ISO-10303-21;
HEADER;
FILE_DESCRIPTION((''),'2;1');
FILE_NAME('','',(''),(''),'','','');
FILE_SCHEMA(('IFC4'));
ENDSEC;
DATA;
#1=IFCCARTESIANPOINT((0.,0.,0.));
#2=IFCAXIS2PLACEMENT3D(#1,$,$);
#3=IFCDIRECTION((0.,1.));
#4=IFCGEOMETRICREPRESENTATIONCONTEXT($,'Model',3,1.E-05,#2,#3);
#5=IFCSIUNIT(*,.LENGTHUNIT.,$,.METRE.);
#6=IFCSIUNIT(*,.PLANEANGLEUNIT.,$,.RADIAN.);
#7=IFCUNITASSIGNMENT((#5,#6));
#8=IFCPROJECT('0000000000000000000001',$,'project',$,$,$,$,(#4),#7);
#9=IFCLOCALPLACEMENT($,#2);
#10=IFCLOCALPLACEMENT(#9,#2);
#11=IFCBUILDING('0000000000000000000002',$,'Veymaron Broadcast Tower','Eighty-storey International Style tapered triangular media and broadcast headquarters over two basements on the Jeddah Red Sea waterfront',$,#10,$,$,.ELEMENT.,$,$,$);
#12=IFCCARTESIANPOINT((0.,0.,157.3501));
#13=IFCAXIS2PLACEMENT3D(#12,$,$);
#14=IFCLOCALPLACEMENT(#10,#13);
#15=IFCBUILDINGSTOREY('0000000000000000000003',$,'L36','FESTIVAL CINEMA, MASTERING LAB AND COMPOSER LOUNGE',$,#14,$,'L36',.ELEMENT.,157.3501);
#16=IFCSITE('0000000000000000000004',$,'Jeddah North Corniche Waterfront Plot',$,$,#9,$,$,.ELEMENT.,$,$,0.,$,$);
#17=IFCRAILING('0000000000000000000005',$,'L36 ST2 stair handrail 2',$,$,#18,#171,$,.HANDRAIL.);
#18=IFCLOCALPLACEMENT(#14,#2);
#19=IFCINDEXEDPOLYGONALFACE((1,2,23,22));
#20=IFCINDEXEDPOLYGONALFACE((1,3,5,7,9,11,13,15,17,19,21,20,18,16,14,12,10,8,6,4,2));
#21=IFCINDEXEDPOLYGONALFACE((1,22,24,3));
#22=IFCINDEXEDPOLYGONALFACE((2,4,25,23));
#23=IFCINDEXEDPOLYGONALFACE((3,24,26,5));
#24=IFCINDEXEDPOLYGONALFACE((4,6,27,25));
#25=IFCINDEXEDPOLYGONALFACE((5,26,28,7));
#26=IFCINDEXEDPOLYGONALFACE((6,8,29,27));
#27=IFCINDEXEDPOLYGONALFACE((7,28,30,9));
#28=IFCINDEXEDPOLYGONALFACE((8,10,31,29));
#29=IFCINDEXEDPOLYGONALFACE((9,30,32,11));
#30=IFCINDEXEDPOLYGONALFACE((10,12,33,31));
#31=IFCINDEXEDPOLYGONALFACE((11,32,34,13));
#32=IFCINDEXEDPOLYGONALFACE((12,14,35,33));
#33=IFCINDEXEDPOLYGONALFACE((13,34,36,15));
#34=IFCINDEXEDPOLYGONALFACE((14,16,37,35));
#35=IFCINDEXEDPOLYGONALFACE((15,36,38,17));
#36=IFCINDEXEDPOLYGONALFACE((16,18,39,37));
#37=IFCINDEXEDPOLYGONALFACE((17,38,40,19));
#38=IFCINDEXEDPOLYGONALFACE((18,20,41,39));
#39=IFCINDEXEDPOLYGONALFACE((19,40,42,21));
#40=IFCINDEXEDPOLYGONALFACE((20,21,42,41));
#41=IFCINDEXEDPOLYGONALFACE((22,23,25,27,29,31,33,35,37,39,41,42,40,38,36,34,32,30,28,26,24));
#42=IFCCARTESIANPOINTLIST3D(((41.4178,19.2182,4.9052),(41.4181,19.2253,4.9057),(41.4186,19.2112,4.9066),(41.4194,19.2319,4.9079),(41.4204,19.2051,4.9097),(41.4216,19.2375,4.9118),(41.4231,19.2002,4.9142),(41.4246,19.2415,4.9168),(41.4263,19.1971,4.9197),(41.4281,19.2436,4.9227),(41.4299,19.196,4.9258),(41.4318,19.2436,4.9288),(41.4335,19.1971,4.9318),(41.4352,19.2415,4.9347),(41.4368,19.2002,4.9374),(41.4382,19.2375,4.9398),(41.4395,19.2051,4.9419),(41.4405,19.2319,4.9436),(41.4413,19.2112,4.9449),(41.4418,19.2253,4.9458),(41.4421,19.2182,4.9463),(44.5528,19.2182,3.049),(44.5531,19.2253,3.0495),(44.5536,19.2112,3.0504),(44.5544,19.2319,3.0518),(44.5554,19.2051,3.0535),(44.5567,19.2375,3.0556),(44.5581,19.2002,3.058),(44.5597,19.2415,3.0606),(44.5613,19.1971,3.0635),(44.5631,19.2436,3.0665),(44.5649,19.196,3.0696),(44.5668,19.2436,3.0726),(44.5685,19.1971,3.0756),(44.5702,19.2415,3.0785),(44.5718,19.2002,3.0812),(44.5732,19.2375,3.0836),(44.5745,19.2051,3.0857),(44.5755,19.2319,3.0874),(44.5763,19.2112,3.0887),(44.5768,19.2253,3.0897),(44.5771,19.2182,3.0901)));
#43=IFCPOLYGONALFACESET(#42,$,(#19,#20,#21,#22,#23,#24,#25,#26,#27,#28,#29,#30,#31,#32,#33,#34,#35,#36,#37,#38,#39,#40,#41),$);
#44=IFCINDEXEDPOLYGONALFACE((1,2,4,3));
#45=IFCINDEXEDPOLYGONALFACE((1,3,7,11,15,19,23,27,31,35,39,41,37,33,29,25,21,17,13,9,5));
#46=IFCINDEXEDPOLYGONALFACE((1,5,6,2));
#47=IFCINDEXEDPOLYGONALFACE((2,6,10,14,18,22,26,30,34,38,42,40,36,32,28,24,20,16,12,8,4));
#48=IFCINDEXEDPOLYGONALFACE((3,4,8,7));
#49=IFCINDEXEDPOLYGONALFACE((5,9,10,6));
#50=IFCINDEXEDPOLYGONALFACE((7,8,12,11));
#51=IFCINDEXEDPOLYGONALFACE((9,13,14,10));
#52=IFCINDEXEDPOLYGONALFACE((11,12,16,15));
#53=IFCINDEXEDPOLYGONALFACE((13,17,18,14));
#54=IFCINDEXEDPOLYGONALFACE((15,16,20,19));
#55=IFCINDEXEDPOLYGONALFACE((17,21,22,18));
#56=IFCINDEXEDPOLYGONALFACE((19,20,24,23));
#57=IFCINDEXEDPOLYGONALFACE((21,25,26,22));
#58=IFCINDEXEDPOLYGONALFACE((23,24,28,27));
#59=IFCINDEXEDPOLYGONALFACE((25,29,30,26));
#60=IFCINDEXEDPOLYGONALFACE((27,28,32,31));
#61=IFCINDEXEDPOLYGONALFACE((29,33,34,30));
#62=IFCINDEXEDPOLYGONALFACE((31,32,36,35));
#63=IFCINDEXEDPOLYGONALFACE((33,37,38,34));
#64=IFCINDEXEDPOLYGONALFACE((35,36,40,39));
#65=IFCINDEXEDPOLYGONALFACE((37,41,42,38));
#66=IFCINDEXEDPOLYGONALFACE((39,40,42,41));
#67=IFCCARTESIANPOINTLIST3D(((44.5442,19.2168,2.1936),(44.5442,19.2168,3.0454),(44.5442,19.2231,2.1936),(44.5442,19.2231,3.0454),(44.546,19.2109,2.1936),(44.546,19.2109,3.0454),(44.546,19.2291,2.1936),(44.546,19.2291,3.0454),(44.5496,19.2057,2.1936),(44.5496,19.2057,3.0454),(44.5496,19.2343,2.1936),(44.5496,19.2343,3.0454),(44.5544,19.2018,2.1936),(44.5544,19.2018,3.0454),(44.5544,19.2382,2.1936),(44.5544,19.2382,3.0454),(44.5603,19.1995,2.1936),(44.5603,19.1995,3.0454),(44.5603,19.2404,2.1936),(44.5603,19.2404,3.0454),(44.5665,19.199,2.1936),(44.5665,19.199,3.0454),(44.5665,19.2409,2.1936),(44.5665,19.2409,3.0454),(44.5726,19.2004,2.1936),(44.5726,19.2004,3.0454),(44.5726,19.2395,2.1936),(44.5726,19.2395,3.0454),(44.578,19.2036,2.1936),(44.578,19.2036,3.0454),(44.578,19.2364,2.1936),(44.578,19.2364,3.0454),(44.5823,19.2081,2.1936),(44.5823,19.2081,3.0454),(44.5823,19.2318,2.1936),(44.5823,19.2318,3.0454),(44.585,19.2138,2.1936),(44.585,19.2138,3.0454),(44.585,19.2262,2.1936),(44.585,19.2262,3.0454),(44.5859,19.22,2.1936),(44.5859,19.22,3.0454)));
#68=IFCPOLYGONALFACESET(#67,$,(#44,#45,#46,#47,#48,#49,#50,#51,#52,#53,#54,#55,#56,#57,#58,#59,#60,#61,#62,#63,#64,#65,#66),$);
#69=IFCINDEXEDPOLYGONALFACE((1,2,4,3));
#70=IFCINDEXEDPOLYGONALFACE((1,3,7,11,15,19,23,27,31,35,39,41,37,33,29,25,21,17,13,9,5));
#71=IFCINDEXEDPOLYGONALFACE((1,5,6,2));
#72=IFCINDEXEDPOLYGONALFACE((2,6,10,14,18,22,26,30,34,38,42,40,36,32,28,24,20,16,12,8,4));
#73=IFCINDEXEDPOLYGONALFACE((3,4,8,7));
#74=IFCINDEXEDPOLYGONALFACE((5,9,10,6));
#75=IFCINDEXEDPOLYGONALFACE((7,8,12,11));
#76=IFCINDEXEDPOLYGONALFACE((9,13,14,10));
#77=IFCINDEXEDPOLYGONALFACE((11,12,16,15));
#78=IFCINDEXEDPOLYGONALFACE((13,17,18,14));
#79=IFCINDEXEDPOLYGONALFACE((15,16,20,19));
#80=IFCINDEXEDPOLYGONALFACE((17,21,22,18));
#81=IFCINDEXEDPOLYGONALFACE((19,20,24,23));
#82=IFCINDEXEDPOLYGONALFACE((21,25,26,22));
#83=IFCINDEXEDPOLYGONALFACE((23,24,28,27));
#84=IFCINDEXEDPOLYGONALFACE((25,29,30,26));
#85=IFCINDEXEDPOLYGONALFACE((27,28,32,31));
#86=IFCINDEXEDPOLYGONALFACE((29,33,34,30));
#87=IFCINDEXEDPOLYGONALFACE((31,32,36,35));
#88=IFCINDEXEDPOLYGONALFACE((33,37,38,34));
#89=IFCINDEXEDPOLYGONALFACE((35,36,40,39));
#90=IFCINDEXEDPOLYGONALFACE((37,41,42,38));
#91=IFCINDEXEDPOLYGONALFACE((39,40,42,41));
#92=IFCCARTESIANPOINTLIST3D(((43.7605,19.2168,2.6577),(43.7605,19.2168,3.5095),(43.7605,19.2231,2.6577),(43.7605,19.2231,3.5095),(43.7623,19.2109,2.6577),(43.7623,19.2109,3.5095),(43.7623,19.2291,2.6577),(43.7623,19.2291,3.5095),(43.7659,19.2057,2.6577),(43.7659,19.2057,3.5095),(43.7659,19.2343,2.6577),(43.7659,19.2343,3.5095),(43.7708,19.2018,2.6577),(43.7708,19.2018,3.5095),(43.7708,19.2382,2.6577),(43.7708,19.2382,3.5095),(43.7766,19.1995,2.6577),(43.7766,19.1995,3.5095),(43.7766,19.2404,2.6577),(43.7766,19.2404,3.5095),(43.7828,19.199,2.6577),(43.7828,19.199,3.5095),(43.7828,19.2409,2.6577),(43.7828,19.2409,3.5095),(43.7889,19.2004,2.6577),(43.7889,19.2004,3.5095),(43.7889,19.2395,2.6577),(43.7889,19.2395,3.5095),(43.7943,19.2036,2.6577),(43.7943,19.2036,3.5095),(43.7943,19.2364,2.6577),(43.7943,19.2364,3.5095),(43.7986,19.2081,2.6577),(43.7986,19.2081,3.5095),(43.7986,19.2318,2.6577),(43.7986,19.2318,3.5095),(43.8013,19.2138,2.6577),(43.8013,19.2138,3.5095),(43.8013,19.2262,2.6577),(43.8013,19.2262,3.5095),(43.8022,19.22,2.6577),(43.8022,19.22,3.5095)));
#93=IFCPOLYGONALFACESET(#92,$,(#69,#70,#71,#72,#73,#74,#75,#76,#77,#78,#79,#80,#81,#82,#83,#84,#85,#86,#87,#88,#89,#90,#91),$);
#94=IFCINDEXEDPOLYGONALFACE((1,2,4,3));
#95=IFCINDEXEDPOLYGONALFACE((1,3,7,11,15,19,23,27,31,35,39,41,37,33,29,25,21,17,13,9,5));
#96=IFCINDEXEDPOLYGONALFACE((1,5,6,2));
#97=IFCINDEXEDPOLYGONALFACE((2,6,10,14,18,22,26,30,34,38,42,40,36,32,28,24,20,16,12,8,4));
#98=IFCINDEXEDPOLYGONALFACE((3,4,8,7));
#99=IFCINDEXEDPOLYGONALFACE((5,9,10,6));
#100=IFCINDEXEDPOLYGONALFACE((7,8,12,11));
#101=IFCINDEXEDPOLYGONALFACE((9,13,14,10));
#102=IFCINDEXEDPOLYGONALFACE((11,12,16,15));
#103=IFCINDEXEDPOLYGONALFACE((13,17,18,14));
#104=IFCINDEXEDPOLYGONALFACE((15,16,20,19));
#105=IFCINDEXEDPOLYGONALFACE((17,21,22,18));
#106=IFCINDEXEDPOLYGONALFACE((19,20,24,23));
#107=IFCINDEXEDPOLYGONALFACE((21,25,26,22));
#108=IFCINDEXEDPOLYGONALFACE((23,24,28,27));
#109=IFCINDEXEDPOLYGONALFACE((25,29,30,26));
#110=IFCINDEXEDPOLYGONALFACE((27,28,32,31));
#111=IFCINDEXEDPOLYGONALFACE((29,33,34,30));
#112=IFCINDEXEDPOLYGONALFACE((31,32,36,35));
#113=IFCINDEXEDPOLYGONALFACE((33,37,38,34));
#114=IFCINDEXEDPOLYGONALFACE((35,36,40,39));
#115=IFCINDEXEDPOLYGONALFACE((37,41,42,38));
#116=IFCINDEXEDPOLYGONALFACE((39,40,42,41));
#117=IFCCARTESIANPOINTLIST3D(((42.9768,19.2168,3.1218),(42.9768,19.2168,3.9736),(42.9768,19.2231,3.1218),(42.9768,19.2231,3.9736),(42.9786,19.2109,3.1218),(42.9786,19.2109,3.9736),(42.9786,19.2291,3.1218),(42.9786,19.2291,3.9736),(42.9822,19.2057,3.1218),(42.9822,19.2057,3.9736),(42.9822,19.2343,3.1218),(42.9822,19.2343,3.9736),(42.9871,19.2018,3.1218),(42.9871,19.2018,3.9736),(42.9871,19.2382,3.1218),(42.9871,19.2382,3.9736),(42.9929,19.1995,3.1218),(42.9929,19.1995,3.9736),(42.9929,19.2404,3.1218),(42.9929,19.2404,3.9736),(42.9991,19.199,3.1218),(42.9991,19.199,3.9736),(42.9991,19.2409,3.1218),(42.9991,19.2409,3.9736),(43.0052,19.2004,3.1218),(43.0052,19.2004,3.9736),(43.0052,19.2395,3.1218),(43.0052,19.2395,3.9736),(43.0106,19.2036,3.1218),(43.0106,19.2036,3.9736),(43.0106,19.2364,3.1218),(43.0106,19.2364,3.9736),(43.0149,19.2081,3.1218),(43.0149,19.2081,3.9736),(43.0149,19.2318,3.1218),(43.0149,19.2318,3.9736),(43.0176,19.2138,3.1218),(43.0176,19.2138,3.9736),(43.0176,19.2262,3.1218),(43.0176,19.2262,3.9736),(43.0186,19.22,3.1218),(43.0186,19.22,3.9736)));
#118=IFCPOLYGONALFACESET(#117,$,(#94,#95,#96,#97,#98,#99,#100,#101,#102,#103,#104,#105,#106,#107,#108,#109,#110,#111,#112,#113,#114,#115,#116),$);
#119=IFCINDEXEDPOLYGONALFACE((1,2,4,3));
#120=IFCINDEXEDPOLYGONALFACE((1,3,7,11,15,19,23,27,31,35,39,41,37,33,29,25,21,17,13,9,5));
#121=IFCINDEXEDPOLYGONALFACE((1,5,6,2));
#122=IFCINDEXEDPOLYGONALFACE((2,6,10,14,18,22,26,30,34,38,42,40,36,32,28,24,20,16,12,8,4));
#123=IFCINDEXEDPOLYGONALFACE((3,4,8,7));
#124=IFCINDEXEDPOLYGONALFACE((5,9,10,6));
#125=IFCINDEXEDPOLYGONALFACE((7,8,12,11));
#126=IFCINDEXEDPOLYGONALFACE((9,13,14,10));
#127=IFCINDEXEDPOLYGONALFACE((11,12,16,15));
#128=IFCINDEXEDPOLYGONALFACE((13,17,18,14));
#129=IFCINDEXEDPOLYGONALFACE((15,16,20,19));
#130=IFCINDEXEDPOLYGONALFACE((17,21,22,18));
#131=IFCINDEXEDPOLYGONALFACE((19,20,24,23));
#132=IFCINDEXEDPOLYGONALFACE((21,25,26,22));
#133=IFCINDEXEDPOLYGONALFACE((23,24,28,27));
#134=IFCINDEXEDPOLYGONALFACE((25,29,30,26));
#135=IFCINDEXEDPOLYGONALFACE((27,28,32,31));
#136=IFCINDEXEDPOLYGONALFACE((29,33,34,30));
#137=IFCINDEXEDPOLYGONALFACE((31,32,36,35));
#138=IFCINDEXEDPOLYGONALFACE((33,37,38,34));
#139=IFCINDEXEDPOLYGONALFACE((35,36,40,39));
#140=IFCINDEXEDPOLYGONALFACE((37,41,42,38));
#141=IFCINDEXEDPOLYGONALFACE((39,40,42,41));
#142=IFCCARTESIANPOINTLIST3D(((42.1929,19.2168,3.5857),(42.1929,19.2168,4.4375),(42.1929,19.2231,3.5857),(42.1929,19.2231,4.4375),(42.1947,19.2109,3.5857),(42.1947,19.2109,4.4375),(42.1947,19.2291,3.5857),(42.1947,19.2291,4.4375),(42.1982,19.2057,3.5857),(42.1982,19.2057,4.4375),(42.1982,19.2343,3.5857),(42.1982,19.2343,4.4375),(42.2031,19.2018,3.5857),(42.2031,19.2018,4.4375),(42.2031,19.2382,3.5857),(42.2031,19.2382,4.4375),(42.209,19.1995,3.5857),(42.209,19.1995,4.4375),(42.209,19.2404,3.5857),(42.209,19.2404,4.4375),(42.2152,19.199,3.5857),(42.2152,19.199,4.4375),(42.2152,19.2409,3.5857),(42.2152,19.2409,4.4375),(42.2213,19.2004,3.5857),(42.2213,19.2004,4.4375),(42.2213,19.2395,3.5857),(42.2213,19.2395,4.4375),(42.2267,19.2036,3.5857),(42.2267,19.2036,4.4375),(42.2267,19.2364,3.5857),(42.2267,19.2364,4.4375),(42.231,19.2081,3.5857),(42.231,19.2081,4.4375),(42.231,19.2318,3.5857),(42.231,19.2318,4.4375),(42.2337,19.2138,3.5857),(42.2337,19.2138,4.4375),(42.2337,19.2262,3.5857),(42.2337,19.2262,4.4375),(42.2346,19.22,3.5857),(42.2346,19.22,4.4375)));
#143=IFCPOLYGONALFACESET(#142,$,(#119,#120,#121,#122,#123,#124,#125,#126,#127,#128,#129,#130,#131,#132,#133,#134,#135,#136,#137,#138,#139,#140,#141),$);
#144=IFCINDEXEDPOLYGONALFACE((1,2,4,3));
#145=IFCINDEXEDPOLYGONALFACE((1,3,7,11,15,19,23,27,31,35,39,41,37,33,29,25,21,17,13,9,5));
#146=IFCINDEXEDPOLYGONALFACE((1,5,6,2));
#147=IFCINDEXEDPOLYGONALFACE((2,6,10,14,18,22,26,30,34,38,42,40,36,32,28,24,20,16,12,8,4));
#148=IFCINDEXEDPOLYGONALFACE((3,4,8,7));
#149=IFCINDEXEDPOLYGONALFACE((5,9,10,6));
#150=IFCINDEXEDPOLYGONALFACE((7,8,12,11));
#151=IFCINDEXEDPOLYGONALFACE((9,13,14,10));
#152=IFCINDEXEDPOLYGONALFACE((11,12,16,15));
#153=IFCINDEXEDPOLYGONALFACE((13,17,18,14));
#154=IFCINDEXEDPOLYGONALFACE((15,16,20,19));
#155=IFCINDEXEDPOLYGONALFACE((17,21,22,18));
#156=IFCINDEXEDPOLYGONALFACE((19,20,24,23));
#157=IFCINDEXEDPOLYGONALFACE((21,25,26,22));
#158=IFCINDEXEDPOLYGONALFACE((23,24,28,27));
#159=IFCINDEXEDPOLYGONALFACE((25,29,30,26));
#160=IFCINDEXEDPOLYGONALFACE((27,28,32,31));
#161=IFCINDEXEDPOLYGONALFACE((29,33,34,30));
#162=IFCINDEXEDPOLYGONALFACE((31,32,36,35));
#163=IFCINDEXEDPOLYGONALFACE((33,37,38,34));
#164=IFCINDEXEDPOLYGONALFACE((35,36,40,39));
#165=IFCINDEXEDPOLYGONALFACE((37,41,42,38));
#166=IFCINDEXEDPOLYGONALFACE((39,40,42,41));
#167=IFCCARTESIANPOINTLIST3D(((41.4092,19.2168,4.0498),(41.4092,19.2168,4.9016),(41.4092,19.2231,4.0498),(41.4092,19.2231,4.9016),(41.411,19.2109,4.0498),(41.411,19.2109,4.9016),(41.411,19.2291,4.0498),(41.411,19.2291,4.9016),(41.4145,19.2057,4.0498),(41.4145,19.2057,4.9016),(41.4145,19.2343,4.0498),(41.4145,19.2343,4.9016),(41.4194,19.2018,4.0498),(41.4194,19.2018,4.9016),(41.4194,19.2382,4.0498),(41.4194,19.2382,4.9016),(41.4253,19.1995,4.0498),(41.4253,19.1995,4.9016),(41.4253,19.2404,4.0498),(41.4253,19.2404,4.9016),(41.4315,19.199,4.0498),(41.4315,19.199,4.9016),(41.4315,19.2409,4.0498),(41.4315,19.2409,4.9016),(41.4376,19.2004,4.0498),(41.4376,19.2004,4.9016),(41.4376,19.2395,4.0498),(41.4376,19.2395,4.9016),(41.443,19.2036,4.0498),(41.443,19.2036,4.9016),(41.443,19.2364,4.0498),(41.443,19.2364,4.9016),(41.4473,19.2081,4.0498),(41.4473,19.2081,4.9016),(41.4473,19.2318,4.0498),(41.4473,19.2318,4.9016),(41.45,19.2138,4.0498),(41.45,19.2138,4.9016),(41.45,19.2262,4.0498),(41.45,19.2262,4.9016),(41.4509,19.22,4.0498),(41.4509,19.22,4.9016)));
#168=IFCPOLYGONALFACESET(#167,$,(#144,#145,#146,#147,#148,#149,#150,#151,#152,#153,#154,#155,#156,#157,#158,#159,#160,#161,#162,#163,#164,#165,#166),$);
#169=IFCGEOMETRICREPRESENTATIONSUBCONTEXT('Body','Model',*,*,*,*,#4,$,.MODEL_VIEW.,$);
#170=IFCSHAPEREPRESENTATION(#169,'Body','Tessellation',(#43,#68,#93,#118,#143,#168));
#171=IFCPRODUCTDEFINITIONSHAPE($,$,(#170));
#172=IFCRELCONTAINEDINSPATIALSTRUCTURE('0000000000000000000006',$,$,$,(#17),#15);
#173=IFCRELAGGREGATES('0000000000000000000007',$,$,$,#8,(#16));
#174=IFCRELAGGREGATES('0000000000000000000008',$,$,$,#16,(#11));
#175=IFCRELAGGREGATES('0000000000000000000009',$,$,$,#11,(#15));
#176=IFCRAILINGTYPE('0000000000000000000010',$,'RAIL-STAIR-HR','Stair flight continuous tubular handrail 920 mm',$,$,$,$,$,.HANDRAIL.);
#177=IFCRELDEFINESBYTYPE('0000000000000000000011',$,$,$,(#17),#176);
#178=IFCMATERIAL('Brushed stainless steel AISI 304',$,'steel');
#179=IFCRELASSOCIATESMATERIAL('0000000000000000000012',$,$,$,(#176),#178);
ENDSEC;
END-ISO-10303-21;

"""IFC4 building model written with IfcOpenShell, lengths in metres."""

from ifc_helpers import new_model, si_unit, direction, frame, origin, origin_2d, place, context, subcontext, project, spatial, circle, extrude, material, type_object, element, save


model = new_model("IFC4")

# Units and contexts
model_context = context("Model", 3, precision=1e-05, world=origin(), true_north=direction((0.0, 1.0)))
body_context = subcontext(model_context, "Body", "Model", "MODEL_VIEW")
ifc_project = project(units=[si_unit("LENGTHUNIT", "METRE"), si_unit("PLANEANGLEUNIT", "RADIAN")], contexts=[model_context])

# Site, building, storey
site_placement = place(None, origin())
site = spatial("IfcSite", under=ifc_project, at=site_placement, Name="Jeddah North Corniche Waterfront Plot", CompositionType="ELEMENT", RefElevation=0.0)
building_placement = place(site_placement, origin())
building = spatial("IfcBuilding", under=site, at=building_placement, Name="Veymaron Broadcast Tower", Description="Eighty-storey International Style tapered triangular media and broadcast headquarters over two basements on the Jeddah Red Sea waterfront", CompositionType="ELEMENT")
storey_placement = place(building_placement, frame((0.0, 0.0, 157.3501)))
storey = spatial("IfcBuildingStorey", under=building, at=storey_placement, Name="L36", Description="FESTIVAL CINEMA, MASTERING LAB AND COMPOSER LOUNGE", LongName="L36", CompositionType="ELEMENT", Elevation=157.3501)

# Railing
ifc_material_1 = material(Name="Brushed stainless steel AISI 304", Category="steel")
railing_type_1 = type_object("IfcRailingType", Name="RAIL-STAIR-HR", Description="Stair flight continuous tubular handrail 920 mm", PredefinedType="HANDRAIL", material=ifc_material_1)
railing_1_placement = place(storey_placement, frame((44.5649, 19.22, 2.1936)))
element("IfcRailing", 1, at=railing_1_placement, inside=storey, type_object=railing_type_1, Name="L36 ST2 stair handrail 2", PredefinedType="HANDRAIL", context=body_context, shape_type="SweptSolid", body=[
    extrude(circle(Radius=0.0239, at=origin_2d()), frame((0.0, 0.0, 0.876), z_axis=(-0.860482, 0.0, 0.509481), x_axis=(0.0, -1.0, 0.0)), (0.0, 0.0, 1.0), 3.6433),
    extrude(circle(Radius=0.021, at=origin_2d()), origin(), (0.0, 0.0, 1.0), 0.8518),
    extrude(circle(Radius=0.021, at=origin_2d()), frame((-0.7837, 0.0, 0.4641)), (0.0, 0.0, 1.0), 0.8518),
    extrude(circle(Radius=0.021, at=origin_2d()), frame((-1.5674, 0.0, 0.9282)), (0.0, 0.0, 1.0), 0.8518),
    extrude(circle(Radius=0.021, at=origin_2d()), frame((-2.3513, 0.0, 1.3921)), (0.0, 0.0, 1.0), 0.8518),
    extrude(circle(Radius=0.021, at=origin_2d()), frame((-3.135, 0.0, 1.8562)), (0.0, 0.0, 1.0), 0.8518),
])

save(model, "model.ifc")
